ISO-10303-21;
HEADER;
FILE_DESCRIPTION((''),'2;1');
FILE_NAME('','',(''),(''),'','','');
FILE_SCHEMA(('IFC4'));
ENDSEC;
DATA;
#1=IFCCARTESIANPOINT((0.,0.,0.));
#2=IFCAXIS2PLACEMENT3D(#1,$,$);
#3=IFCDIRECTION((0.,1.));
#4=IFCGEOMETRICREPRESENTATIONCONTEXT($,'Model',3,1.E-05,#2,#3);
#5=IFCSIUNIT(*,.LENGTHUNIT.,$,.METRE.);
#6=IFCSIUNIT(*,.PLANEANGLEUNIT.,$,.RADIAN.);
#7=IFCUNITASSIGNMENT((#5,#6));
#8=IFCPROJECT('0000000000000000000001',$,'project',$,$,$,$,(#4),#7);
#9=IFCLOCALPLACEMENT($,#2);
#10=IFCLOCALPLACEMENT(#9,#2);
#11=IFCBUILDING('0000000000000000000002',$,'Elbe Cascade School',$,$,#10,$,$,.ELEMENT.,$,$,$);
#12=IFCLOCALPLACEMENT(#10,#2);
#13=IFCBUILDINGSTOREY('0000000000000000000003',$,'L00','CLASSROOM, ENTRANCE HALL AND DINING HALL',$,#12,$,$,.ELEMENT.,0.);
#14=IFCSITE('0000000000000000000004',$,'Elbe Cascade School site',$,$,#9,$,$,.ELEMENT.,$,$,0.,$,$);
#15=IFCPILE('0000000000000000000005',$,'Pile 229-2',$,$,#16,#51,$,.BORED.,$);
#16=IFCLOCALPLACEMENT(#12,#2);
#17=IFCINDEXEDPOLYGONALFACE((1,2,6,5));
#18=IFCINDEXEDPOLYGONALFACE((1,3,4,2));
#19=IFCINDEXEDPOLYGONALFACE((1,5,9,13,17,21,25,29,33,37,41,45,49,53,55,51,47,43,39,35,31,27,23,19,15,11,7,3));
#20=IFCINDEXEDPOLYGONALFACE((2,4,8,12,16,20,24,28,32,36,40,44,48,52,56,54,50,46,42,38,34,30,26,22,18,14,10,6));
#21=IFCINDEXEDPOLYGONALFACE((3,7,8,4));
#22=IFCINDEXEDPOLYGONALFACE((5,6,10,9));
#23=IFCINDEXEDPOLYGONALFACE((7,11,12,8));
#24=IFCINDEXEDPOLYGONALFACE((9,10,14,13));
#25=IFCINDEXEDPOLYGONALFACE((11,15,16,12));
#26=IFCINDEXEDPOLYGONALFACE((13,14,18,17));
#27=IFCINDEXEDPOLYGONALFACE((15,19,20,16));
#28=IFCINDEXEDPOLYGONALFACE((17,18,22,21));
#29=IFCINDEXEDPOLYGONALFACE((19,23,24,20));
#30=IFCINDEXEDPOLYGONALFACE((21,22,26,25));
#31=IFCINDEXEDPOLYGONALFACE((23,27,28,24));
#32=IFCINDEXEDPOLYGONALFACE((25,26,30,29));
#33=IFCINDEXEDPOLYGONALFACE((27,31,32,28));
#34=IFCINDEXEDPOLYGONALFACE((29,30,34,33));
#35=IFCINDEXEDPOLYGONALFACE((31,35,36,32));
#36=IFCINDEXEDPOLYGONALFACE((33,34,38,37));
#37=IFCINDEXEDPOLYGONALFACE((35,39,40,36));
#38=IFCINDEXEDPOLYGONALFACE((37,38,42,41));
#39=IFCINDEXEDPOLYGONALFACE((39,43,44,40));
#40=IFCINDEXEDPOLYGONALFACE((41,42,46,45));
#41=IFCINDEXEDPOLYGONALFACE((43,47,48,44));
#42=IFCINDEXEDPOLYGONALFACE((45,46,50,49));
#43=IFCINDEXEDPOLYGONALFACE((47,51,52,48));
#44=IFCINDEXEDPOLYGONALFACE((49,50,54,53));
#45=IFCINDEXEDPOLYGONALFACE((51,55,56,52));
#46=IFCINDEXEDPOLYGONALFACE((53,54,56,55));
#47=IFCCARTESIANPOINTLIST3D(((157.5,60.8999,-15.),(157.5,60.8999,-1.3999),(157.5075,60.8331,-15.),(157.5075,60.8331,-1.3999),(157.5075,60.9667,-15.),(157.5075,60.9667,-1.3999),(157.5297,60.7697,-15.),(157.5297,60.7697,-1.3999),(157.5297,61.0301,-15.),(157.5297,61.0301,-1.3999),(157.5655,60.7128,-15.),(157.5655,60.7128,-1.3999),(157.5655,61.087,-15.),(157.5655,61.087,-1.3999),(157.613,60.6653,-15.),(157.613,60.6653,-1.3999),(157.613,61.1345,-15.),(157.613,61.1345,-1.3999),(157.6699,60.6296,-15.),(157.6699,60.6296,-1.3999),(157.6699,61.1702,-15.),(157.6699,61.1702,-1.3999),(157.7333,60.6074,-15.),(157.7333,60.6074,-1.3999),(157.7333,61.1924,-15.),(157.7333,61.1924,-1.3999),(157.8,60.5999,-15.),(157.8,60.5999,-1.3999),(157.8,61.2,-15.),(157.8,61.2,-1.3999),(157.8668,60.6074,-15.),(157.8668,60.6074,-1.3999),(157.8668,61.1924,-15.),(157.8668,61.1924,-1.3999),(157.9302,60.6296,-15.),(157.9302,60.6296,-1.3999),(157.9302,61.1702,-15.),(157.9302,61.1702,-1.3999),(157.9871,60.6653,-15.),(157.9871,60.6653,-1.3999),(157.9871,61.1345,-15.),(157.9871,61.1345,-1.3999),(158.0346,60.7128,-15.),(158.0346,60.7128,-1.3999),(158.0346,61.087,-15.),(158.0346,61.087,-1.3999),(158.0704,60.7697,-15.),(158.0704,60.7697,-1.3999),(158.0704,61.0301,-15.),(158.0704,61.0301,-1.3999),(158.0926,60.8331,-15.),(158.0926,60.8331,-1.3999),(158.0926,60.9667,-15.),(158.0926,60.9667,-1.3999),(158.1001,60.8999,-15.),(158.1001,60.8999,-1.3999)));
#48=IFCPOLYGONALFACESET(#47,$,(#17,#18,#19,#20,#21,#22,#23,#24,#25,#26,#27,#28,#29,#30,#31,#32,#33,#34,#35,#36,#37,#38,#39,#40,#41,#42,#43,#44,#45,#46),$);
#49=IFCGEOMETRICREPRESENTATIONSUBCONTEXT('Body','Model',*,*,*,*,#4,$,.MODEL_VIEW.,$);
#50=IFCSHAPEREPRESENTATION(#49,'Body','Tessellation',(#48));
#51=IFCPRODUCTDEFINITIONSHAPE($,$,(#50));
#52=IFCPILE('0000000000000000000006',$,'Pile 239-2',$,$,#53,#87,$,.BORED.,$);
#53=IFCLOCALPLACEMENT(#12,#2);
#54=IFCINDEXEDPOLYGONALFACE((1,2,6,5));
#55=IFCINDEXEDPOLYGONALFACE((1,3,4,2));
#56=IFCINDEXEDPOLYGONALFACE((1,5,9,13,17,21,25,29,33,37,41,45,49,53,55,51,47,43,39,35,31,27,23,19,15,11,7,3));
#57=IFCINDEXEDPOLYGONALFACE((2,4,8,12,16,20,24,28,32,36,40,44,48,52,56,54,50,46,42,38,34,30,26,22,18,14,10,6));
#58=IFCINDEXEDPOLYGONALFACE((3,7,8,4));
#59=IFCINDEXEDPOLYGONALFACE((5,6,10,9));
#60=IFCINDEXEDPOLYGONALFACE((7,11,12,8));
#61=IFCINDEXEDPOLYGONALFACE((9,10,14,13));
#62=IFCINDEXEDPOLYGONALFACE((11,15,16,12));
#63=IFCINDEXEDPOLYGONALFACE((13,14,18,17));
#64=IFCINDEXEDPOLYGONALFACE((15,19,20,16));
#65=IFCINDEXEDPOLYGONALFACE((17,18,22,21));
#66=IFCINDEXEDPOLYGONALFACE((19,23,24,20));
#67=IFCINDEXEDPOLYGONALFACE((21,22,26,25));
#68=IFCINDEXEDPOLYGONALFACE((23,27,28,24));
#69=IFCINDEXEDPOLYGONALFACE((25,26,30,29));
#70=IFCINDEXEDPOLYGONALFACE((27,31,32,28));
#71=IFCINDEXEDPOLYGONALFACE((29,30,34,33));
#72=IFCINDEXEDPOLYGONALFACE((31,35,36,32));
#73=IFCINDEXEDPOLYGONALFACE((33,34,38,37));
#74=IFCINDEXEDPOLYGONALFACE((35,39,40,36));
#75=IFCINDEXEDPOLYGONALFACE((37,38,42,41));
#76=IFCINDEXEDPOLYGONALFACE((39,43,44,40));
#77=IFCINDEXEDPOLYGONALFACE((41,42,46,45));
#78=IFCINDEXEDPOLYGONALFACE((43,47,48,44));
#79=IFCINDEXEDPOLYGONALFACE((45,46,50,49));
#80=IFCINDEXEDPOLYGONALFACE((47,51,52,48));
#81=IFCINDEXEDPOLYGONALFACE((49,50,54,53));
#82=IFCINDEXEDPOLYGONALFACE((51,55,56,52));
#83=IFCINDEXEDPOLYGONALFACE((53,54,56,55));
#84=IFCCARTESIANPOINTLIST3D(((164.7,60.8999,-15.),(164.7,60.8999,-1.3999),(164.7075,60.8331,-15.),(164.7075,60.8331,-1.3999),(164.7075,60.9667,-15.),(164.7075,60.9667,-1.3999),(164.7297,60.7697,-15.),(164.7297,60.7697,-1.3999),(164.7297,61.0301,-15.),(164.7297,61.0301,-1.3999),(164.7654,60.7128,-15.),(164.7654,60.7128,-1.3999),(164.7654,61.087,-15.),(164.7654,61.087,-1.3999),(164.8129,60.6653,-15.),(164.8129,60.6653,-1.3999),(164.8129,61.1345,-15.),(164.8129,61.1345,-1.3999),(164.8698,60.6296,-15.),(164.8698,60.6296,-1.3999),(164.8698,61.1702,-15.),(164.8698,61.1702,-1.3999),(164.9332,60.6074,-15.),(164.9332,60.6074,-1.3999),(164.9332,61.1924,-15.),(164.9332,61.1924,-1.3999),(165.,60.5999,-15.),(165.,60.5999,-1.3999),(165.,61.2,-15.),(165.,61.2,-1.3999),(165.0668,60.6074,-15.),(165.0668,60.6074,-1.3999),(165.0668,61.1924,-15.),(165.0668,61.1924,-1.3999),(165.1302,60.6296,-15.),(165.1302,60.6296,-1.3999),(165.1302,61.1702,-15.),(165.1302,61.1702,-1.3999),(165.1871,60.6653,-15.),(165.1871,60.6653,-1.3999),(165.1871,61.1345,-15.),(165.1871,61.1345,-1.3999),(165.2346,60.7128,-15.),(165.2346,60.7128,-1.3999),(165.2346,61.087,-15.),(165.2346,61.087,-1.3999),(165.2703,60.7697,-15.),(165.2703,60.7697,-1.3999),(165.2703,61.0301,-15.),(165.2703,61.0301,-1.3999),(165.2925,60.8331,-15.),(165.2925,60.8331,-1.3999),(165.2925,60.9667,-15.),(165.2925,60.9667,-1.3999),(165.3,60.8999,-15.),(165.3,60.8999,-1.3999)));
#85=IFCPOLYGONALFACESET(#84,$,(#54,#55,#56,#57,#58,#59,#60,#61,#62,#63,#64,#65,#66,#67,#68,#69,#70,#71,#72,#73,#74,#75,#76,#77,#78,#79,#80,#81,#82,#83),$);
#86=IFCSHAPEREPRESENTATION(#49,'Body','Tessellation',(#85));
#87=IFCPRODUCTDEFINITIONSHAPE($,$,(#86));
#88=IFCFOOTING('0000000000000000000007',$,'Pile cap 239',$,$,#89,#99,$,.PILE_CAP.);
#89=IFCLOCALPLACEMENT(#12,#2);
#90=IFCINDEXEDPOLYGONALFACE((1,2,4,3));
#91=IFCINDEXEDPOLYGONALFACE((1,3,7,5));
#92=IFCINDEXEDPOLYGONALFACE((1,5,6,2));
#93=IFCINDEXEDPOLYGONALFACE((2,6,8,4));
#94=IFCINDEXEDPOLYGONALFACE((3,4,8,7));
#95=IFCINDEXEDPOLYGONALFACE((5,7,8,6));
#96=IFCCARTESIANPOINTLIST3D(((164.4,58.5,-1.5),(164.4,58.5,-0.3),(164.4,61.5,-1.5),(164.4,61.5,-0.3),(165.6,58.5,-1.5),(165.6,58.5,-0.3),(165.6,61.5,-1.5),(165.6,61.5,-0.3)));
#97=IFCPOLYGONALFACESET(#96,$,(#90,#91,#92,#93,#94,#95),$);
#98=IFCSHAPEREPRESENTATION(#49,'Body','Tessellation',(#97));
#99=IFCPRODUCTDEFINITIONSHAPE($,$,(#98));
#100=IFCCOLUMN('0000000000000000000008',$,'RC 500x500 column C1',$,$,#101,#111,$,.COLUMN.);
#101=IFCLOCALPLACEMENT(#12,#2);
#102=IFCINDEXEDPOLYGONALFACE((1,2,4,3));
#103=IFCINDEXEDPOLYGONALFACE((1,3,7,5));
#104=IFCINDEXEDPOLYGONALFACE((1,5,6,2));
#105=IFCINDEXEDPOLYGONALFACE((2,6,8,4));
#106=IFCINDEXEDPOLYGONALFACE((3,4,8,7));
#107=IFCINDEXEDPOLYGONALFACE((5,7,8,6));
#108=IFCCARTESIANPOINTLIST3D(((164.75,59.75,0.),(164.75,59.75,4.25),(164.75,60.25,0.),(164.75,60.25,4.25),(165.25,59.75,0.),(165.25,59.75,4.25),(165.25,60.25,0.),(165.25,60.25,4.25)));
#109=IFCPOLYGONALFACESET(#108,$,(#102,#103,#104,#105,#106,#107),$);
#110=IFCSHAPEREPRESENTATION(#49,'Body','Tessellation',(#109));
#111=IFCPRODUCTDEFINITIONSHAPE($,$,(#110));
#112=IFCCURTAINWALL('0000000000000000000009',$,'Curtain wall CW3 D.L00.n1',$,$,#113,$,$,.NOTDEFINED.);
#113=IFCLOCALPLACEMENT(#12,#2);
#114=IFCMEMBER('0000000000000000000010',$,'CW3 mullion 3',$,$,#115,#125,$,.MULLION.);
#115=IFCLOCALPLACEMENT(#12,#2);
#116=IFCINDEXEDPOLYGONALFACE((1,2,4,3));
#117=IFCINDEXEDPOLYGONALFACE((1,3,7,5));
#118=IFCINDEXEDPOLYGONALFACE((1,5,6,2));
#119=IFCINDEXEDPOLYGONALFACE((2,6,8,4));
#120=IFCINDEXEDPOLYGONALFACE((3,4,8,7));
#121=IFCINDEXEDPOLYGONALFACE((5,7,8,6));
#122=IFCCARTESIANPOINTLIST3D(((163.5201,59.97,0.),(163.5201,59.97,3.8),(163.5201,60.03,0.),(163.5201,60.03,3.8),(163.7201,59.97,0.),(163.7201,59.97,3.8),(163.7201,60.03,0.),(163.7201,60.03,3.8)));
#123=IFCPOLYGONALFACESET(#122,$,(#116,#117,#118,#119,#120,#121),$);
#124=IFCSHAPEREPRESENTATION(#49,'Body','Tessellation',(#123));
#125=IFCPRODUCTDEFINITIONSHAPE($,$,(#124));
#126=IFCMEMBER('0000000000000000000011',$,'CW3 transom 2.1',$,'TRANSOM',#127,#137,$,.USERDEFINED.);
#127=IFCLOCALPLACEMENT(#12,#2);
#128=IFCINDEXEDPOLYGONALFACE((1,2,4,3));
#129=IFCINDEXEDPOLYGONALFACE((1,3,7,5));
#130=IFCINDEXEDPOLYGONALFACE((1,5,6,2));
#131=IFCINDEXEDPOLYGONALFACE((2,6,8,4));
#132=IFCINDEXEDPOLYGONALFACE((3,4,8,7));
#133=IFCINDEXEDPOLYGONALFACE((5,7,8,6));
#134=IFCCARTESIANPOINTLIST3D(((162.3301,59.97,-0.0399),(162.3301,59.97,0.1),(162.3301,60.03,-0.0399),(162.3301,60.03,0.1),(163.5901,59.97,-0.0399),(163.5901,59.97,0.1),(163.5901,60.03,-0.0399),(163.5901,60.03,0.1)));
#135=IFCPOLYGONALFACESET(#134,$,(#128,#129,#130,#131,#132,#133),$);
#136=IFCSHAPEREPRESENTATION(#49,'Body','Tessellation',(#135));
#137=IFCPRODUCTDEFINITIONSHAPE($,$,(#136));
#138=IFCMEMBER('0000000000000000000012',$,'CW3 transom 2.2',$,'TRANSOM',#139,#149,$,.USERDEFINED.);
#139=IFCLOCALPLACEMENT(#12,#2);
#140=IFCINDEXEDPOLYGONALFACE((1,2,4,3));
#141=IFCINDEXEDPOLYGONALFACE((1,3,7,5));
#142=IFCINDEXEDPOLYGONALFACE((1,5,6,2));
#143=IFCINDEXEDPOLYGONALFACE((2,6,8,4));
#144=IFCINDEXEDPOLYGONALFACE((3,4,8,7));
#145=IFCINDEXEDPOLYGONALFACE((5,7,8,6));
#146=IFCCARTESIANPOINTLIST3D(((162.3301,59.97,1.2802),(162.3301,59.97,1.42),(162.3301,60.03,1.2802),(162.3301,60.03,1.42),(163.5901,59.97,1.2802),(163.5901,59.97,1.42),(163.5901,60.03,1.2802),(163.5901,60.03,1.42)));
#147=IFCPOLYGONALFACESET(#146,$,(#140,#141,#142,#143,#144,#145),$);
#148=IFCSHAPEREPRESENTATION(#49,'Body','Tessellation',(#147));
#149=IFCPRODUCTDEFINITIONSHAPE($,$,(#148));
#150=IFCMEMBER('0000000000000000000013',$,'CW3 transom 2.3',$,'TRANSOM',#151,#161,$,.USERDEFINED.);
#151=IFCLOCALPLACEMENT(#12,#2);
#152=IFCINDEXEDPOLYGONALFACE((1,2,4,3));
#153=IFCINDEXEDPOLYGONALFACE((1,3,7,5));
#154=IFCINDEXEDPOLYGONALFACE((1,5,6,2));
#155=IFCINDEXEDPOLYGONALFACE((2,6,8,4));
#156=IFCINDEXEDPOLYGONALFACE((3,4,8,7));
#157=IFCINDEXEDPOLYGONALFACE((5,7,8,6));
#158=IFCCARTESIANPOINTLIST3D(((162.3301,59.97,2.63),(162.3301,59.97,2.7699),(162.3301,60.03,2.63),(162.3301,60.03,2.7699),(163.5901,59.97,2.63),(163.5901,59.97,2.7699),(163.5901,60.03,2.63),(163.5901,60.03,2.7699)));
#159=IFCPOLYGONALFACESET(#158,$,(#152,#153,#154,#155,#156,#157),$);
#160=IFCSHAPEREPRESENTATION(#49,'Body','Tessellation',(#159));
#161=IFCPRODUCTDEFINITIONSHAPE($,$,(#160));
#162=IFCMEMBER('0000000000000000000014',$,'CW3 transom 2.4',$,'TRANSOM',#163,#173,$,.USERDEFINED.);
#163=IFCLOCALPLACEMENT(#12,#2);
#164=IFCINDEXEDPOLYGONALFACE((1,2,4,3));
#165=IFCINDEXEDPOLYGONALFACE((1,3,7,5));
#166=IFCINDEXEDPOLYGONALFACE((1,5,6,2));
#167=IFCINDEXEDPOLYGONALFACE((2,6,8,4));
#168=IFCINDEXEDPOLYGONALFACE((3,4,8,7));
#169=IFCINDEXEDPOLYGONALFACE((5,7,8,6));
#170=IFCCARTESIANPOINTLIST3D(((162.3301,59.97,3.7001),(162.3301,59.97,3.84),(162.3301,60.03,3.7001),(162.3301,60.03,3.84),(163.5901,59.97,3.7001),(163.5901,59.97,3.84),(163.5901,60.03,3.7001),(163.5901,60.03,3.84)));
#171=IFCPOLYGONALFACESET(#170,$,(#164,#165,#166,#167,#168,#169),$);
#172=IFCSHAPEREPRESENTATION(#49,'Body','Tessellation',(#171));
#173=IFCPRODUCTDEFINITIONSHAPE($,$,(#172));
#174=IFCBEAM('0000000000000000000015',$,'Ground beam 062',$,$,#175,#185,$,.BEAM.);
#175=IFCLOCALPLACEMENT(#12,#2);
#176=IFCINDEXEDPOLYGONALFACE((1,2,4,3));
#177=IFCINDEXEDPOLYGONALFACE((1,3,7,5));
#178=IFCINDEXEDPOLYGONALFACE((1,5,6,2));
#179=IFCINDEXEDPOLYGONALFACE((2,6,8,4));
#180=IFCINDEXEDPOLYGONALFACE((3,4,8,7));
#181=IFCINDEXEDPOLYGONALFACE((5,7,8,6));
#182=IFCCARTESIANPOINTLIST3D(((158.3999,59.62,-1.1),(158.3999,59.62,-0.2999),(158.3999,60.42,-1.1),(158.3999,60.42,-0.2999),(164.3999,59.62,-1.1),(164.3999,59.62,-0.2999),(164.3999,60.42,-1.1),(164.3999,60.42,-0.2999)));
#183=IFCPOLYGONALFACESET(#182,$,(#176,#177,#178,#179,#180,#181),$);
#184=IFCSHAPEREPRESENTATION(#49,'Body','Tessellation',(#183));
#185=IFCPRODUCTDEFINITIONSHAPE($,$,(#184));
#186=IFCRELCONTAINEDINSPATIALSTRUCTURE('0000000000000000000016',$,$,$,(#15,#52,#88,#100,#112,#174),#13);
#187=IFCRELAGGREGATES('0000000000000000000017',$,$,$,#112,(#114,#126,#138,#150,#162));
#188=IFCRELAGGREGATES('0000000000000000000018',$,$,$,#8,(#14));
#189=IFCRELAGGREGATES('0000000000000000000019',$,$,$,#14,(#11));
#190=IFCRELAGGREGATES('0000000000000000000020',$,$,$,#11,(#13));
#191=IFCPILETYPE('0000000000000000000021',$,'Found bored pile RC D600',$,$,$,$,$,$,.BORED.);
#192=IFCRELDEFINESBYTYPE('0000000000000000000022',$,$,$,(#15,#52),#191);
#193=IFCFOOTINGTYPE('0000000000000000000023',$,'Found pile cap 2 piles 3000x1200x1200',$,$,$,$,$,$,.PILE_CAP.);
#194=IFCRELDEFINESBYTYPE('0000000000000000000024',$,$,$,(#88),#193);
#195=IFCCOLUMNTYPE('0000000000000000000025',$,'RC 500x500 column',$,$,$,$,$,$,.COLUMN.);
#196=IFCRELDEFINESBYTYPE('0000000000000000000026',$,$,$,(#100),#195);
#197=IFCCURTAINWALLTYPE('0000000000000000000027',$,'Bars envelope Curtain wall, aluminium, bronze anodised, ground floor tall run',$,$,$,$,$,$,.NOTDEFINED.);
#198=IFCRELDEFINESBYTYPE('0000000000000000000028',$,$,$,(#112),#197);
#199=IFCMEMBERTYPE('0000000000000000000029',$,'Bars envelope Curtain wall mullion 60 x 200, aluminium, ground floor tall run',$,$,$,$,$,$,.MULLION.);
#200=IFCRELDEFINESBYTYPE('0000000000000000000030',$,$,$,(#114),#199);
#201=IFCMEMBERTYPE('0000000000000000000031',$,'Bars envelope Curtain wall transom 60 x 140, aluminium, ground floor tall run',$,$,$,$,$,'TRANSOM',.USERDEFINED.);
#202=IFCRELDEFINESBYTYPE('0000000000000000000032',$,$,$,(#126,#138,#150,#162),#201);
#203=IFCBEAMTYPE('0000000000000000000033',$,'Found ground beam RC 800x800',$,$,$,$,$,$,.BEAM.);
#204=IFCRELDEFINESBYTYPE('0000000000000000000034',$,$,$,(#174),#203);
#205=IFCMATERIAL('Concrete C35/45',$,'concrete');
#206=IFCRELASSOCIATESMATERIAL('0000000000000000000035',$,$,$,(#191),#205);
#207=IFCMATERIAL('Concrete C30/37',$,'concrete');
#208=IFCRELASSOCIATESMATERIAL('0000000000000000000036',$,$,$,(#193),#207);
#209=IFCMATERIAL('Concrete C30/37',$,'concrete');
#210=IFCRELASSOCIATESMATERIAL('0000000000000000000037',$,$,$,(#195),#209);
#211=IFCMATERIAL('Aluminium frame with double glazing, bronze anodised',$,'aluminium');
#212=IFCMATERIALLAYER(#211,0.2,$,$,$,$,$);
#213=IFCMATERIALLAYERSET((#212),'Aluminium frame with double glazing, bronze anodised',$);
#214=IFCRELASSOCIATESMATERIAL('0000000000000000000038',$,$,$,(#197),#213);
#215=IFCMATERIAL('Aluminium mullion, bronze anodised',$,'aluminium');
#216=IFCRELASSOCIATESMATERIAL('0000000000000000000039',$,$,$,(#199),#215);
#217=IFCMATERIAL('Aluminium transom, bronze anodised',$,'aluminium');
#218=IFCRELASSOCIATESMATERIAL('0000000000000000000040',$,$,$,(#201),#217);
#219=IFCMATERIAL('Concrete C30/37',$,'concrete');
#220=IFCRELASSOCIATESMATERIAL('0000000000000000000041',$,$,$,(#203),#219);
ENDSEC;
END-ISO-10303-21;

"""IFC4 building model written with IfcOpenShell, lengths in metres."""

from ifc_helpers import new_model, si_unit, direction, frame, origin, origin_2d, place, context, subcontext, project, spatial, rectangle, circle, extrude, material, layer, layer_set, material_profile, profile_set, type_object, element, aggregate, save


model = new_model("IFC4")

# Units and contexts
model_context = context("Model", 3, precision=1e-05, world=origin(), true_north=direction((0.0, 1.0)))
body_context = subcontext(model_context, "Body", "Model", "MODEL_VIEW")
ifc_project = project(units=[si_unit("LENGTHUNIT", "METRE"), si_unit("PLANEANGLEUNIT", "RADIAN")], contexts=[model_context])

# Site, building, storey
site_placement = place(None, origin())
site = spatial("IfcSite", under=ifc_project, at=site_placement, Name="Elbe Cascade School site", CompositionType="ELEMENT", RefElevation=0.0)
building_placement = place(site_placement, origin())
building = spatial("IfcBuilding", under=site, at=building_placement, Name="Elbe Cascade School", CompositionType="ELEMENT")
storey_placement = place(building_placement, origin())
storey = spatial("IfcBuildingStorey", under=building, at=storey_placement, Name="L00", Description="CLASSROOM, ENTRANCE HALL AND DINING HALL", CompositionType="ELEMENT", Elevation=0.0)

# Piles
ifc_material_1 = material(Name="Concrete C35/45", Category="concrete")
ifc_material_profile_1 = material_profile(ifc_material_1, circle(Radius=0.3, at=origin_2d()), Name="RC D600")
ifc_profile_set_1 = profile_set([ifc_material_profile_1], Name="Concrete C35/45")
pile_type = type_object("IfcPileType", Name="Found bored pile RC D600", PredefinedType="BORED", material=ifc_profile_set_1)
for number, where, z_axis, x_axis, name in (
    (1, (157.8, 60.8999, -1.3999), (0.0, 0.0, -1.0), (1.0, 0.0, 0.0), "Pile 229-2"),
    (2, (165.0, 60.8999, -1.3999), (0.0, 0.0, -1.0), (1.0, 0.0, 0.0), "Pile 239-2"),
):
    element("IfcPile", number, at=place(storey_placement, frame(where, z_axis=z_axis, x_axis=x_axis)), inside=storey, type_object=pile_type, Name=name, PredefinedType="BORED", context=body_context, shape_type="SweptSolid", body=[
        extrude(circle(Radius=0.3, at=origin_2d()), origin(), (0.0, 0.0, 1.0), 13.6001),
    ])

# Footing
ifc_material_2 = material(Name="Concrete C30/37", Category="concrete")
footing_type = type_object("IfcFootingType", Name="Found pile cap 2 piles 3000x1200x1200", PredefinedType="PILE_CAP", material=ifc_material_2)
footing_placement = place(storey_placement, frame((165.0, 60.0, -1.5), z_axis=(0.0, 0.0, 1.0), x_axis=(1.0, 0.0, 0.0)))
element("IfcFooting", 3, at=footing_placement, inside=storey, type_object=footing_type, Name="Pile cap 239", PredefinedType="PILE_CAP", context=body_context, shape_type="SweptSolid", body=[
    extrude(rectangle(XDim=1.2, YDim=3.0, at=origin_2d()), origin(), (0.0, 0.0, 1.0), 1.2),
])

# Column
ifc_material_3 = material(Name="Concrete C30/37", Category="concrete")
ifc_material_profile_2 = material_profile(ifc_material_3, rectangle(XDim=0.5, YDim=0.5, at=origin_2d()), Name="RC 500x500")
ifc_profile_set_2 = profile_set([ifc_material_profile_2], Name="Concrete C30/37")
column_type = type_object("IfcColumnType", Name="RC 500x500 column", PredefinedType="COLUMN", material=ifc_profile_set_2)
column_placement = place(storey_placement, frame((165.0, 60.0, 0.0), z_axis=(0.0, 0.0, 1.0), x_axis=(1.0, 0.0, 0.0)))
element("IfcColumn", 4, at=column_placement, inside=storey, type_object=column_type, Name="RC 500x500 column C1", PredefinedType="COLUMN", context=body_context, shape_type="SweptSolid", body=[
    extrude(rectangle(XDim=0.5, YDim=0.5, at=origin_2d()), origin(), (0.0, 0.0, 1.0), 4.25),
])

# Curtain wall, members
ifc_material_4 = material(Name="Aluminium frame with double glazing, bronze anodised", Category="aluminium")
ifc_layer_1 = layer(ifc_material_4, 0.2)
ifc_layer_set_1 = layer_set([ifc_layer_1], Name="Aluminium frame with double glazing, bronze anodised")
curtain_wall_type = type_object("IfcCurtainWallType", Name="Bars envelope Curtain wall, aluminium, bronze anodised, ground floor tall run", PredefinedType="NOTDEFINED", material=ifc_layer_set_1)
curtain_wall_placement = place(storey_placement, origin())
curtain_wall = element("IfcCurtainWall", 5, at=curtain_wall_placement, inside=storey, type_object=curtain_wall_type, Name="Curtain wall CW3 D.L00.n1", PredefinedType="NOTDEFINED")
ifc_material_5 = material(Name="Aluminium mullion, bronze anodised", Category="aluminium")
ifc_material_profile_3 = material_profile(ifc_material_5, rectangle(XDim=0.0601, YDim=0.2, at=origin_2d()), Name="Bars envelope Curtain wall mullion 60 x 200, aluminium, ground floor tall run")
ifc_profile_set_3 = profile_set([ifc_material_profile_3], Name="Aluminium mullion, bronze anodised")
member_type_1 = type_object("IfcMemberType", Name="Bars envelope Curtain wall mullion 60 x 200, aluminium, ground floor tall run", PredefinedType="MULLION", material=ifc_profile_set_3)
member_1_placement = place(storey_placement, frame((163.6201, 60.0, 0.0), z_axis=(0.0, 0.0, 1.0), x_axis=(0.0, 1.0, 0.0)))
member_1 = element("IfcMember", 6, at=member_1_placement, type_object=member_type_1, Name="CW3 mullion 3", PredefinedType="MULLION", context=body_context, shape_type="SweptSolid", body=[
    extrude(rectangle(XDim=0.0601, YDim=0.2, at=origin_2d()), origin(), (0.0, 0.0, 1.0), 3.8),
])
ifc_material_6 = material(Name="Aluminium transom, bronze anodised", Category="aluminium")
ifc_material_profile_4 = material_profile(ifc_material_6, rectangle(XDim=0.0601, YDim=0.1399, at=origin_2d()), Name="Bars envelope Curtain wall transom 60 x 140, aluminium, ground floor tall run")
ifc_profile_set_4 = profile_set([ifc_material_profile_4], Name="Aluminium transom, bronze anodised")
member_type_2 = type_object("IfcMemberType", Name="Bars envelope Curtain wall transom 60 x 140, aluminium, ground floor tall run", ElementType="TRANSOM", PredefinedType="USERDEFINED", material=ifc_profile_set_4)
member_2_placement = place(storey_placement, frame((162.3301, 60.0, 0.03), z_axis=(1.0, 0.0, 0.0), x_axis=(0.0, 1.0, 0.0)))
member_2 = element("IfcMember", 7, at=member_2_placement, type_object=member_type_2, Name="CW3 transom 2.1", ObjectType="TRANSOM", PredefinedType="USERDEFINED", context=body_context, shape_type="SweptSolid", body=[
    extrude(rectangle(XDim=0.0601, YDim=0.1399, at=origin_2d()), origin(), (0.0, 0.0, 1.0), 1.26),
])
member_3_placement = place(storey_placement, frame((162.3301, 60.0, 1.3501), z_axis=(1.0, 0.0, 0.0), x_axis=(0.0, 1.0, 0.0)))
member_3 = element("IfcMember", 8, at=member_3_placement, type_object=member_type_2, Name="CW3 transom 2.2", ObjectType="TRANSOM", PredefinedType="USERDEFINED", context=body_context, shape_type="SweptSolid", body=[
    extrude(rectangle(XDim=0.0601, YDim=0.1399, at=origin_2d()), origin(), (0.0, 0.0, 1.0), 1.26),
])
member_4_placement = place(storey_placement, frame((162.3301, 60.0, 2.7), z_axis=(1.0, 0.0, 0.0), x_axis=(0.0, 1.0, 0.0)))
member_4 = element("IfcMember", 9, at=member_4_placement, type_object=member_type_2, Name="CW3 transom 2.3", ObjectType="TRANSOM", PredefinedType="USERDEFINED", context=body_context, shape_type="SweptSolid", body=[
    extrude(rectangle(XDim=0.0601, YDim=0.1399, at=origin_2d()), origin(), (0.0, 0.0, 1.0), 1.26),
])
member_5_placement = place(storey_placement, frame((162.3301, 60.0, 3.77), z_axis=(1.0, 0.0, 0.0), x_axis=(0.0, 1.0, 0.0)))
member_5 = element("IfcMember", 10, at=member_5_placement, type_object=member_type_2, Name="CW3 transom 2.4", ObjectType="TRANSOM", PredefinedType="USERDEFINED", context=body_context, shape_type="SweptSolid", body=[
    extrude(rectangle(XDim=0.0601, YDim=0.1399, at=origin_2d()), origin(), (0.0, 0.0, 1.0), 1.26),
])

# Beam
ifc_material_7 = material(Name="Concrete C30/37", Category="concrete")
ifc_material_profile_5 = material_profile(ifc_material_7, rectangle(XDim=0.8, YDim=0.8, at=origin_2d()), Name="RC 800x800")
ifc_profile_set_5 = profile_set([ifc_material_profile_5], Name="Concrete C30/37")
beam_type_1 = type_object("IfcBeamType", Name="Found ground beam RC 800x800", PredefinedType="BEAM", material=ifc_profile_set_5)
beam_1_placement = place(storey_placement, frame((158.3999, 60.02, -0.7), z_axis=(1.0, 0.0, 0.0), x_axis=(0.0, 1.0, 0.0)))
element("IfcBeam", 11, at=beam_1_placement, inside=storey, type_object=beam_type_1, Name="Ground beam 062", PredefinedType="BEAM", context=body_context, shape_type="SweptSolid", body=[
    extrude(rectangle(XDim=0.8, YDim=0.8, at=origin_2d()), origin(), (0.0, 0.0, 1.0), 6.0),
])

aggregate(curtain_wall, [member_1, member_2, member_3, member_4, member_5])

save(model, "model.ifc")
